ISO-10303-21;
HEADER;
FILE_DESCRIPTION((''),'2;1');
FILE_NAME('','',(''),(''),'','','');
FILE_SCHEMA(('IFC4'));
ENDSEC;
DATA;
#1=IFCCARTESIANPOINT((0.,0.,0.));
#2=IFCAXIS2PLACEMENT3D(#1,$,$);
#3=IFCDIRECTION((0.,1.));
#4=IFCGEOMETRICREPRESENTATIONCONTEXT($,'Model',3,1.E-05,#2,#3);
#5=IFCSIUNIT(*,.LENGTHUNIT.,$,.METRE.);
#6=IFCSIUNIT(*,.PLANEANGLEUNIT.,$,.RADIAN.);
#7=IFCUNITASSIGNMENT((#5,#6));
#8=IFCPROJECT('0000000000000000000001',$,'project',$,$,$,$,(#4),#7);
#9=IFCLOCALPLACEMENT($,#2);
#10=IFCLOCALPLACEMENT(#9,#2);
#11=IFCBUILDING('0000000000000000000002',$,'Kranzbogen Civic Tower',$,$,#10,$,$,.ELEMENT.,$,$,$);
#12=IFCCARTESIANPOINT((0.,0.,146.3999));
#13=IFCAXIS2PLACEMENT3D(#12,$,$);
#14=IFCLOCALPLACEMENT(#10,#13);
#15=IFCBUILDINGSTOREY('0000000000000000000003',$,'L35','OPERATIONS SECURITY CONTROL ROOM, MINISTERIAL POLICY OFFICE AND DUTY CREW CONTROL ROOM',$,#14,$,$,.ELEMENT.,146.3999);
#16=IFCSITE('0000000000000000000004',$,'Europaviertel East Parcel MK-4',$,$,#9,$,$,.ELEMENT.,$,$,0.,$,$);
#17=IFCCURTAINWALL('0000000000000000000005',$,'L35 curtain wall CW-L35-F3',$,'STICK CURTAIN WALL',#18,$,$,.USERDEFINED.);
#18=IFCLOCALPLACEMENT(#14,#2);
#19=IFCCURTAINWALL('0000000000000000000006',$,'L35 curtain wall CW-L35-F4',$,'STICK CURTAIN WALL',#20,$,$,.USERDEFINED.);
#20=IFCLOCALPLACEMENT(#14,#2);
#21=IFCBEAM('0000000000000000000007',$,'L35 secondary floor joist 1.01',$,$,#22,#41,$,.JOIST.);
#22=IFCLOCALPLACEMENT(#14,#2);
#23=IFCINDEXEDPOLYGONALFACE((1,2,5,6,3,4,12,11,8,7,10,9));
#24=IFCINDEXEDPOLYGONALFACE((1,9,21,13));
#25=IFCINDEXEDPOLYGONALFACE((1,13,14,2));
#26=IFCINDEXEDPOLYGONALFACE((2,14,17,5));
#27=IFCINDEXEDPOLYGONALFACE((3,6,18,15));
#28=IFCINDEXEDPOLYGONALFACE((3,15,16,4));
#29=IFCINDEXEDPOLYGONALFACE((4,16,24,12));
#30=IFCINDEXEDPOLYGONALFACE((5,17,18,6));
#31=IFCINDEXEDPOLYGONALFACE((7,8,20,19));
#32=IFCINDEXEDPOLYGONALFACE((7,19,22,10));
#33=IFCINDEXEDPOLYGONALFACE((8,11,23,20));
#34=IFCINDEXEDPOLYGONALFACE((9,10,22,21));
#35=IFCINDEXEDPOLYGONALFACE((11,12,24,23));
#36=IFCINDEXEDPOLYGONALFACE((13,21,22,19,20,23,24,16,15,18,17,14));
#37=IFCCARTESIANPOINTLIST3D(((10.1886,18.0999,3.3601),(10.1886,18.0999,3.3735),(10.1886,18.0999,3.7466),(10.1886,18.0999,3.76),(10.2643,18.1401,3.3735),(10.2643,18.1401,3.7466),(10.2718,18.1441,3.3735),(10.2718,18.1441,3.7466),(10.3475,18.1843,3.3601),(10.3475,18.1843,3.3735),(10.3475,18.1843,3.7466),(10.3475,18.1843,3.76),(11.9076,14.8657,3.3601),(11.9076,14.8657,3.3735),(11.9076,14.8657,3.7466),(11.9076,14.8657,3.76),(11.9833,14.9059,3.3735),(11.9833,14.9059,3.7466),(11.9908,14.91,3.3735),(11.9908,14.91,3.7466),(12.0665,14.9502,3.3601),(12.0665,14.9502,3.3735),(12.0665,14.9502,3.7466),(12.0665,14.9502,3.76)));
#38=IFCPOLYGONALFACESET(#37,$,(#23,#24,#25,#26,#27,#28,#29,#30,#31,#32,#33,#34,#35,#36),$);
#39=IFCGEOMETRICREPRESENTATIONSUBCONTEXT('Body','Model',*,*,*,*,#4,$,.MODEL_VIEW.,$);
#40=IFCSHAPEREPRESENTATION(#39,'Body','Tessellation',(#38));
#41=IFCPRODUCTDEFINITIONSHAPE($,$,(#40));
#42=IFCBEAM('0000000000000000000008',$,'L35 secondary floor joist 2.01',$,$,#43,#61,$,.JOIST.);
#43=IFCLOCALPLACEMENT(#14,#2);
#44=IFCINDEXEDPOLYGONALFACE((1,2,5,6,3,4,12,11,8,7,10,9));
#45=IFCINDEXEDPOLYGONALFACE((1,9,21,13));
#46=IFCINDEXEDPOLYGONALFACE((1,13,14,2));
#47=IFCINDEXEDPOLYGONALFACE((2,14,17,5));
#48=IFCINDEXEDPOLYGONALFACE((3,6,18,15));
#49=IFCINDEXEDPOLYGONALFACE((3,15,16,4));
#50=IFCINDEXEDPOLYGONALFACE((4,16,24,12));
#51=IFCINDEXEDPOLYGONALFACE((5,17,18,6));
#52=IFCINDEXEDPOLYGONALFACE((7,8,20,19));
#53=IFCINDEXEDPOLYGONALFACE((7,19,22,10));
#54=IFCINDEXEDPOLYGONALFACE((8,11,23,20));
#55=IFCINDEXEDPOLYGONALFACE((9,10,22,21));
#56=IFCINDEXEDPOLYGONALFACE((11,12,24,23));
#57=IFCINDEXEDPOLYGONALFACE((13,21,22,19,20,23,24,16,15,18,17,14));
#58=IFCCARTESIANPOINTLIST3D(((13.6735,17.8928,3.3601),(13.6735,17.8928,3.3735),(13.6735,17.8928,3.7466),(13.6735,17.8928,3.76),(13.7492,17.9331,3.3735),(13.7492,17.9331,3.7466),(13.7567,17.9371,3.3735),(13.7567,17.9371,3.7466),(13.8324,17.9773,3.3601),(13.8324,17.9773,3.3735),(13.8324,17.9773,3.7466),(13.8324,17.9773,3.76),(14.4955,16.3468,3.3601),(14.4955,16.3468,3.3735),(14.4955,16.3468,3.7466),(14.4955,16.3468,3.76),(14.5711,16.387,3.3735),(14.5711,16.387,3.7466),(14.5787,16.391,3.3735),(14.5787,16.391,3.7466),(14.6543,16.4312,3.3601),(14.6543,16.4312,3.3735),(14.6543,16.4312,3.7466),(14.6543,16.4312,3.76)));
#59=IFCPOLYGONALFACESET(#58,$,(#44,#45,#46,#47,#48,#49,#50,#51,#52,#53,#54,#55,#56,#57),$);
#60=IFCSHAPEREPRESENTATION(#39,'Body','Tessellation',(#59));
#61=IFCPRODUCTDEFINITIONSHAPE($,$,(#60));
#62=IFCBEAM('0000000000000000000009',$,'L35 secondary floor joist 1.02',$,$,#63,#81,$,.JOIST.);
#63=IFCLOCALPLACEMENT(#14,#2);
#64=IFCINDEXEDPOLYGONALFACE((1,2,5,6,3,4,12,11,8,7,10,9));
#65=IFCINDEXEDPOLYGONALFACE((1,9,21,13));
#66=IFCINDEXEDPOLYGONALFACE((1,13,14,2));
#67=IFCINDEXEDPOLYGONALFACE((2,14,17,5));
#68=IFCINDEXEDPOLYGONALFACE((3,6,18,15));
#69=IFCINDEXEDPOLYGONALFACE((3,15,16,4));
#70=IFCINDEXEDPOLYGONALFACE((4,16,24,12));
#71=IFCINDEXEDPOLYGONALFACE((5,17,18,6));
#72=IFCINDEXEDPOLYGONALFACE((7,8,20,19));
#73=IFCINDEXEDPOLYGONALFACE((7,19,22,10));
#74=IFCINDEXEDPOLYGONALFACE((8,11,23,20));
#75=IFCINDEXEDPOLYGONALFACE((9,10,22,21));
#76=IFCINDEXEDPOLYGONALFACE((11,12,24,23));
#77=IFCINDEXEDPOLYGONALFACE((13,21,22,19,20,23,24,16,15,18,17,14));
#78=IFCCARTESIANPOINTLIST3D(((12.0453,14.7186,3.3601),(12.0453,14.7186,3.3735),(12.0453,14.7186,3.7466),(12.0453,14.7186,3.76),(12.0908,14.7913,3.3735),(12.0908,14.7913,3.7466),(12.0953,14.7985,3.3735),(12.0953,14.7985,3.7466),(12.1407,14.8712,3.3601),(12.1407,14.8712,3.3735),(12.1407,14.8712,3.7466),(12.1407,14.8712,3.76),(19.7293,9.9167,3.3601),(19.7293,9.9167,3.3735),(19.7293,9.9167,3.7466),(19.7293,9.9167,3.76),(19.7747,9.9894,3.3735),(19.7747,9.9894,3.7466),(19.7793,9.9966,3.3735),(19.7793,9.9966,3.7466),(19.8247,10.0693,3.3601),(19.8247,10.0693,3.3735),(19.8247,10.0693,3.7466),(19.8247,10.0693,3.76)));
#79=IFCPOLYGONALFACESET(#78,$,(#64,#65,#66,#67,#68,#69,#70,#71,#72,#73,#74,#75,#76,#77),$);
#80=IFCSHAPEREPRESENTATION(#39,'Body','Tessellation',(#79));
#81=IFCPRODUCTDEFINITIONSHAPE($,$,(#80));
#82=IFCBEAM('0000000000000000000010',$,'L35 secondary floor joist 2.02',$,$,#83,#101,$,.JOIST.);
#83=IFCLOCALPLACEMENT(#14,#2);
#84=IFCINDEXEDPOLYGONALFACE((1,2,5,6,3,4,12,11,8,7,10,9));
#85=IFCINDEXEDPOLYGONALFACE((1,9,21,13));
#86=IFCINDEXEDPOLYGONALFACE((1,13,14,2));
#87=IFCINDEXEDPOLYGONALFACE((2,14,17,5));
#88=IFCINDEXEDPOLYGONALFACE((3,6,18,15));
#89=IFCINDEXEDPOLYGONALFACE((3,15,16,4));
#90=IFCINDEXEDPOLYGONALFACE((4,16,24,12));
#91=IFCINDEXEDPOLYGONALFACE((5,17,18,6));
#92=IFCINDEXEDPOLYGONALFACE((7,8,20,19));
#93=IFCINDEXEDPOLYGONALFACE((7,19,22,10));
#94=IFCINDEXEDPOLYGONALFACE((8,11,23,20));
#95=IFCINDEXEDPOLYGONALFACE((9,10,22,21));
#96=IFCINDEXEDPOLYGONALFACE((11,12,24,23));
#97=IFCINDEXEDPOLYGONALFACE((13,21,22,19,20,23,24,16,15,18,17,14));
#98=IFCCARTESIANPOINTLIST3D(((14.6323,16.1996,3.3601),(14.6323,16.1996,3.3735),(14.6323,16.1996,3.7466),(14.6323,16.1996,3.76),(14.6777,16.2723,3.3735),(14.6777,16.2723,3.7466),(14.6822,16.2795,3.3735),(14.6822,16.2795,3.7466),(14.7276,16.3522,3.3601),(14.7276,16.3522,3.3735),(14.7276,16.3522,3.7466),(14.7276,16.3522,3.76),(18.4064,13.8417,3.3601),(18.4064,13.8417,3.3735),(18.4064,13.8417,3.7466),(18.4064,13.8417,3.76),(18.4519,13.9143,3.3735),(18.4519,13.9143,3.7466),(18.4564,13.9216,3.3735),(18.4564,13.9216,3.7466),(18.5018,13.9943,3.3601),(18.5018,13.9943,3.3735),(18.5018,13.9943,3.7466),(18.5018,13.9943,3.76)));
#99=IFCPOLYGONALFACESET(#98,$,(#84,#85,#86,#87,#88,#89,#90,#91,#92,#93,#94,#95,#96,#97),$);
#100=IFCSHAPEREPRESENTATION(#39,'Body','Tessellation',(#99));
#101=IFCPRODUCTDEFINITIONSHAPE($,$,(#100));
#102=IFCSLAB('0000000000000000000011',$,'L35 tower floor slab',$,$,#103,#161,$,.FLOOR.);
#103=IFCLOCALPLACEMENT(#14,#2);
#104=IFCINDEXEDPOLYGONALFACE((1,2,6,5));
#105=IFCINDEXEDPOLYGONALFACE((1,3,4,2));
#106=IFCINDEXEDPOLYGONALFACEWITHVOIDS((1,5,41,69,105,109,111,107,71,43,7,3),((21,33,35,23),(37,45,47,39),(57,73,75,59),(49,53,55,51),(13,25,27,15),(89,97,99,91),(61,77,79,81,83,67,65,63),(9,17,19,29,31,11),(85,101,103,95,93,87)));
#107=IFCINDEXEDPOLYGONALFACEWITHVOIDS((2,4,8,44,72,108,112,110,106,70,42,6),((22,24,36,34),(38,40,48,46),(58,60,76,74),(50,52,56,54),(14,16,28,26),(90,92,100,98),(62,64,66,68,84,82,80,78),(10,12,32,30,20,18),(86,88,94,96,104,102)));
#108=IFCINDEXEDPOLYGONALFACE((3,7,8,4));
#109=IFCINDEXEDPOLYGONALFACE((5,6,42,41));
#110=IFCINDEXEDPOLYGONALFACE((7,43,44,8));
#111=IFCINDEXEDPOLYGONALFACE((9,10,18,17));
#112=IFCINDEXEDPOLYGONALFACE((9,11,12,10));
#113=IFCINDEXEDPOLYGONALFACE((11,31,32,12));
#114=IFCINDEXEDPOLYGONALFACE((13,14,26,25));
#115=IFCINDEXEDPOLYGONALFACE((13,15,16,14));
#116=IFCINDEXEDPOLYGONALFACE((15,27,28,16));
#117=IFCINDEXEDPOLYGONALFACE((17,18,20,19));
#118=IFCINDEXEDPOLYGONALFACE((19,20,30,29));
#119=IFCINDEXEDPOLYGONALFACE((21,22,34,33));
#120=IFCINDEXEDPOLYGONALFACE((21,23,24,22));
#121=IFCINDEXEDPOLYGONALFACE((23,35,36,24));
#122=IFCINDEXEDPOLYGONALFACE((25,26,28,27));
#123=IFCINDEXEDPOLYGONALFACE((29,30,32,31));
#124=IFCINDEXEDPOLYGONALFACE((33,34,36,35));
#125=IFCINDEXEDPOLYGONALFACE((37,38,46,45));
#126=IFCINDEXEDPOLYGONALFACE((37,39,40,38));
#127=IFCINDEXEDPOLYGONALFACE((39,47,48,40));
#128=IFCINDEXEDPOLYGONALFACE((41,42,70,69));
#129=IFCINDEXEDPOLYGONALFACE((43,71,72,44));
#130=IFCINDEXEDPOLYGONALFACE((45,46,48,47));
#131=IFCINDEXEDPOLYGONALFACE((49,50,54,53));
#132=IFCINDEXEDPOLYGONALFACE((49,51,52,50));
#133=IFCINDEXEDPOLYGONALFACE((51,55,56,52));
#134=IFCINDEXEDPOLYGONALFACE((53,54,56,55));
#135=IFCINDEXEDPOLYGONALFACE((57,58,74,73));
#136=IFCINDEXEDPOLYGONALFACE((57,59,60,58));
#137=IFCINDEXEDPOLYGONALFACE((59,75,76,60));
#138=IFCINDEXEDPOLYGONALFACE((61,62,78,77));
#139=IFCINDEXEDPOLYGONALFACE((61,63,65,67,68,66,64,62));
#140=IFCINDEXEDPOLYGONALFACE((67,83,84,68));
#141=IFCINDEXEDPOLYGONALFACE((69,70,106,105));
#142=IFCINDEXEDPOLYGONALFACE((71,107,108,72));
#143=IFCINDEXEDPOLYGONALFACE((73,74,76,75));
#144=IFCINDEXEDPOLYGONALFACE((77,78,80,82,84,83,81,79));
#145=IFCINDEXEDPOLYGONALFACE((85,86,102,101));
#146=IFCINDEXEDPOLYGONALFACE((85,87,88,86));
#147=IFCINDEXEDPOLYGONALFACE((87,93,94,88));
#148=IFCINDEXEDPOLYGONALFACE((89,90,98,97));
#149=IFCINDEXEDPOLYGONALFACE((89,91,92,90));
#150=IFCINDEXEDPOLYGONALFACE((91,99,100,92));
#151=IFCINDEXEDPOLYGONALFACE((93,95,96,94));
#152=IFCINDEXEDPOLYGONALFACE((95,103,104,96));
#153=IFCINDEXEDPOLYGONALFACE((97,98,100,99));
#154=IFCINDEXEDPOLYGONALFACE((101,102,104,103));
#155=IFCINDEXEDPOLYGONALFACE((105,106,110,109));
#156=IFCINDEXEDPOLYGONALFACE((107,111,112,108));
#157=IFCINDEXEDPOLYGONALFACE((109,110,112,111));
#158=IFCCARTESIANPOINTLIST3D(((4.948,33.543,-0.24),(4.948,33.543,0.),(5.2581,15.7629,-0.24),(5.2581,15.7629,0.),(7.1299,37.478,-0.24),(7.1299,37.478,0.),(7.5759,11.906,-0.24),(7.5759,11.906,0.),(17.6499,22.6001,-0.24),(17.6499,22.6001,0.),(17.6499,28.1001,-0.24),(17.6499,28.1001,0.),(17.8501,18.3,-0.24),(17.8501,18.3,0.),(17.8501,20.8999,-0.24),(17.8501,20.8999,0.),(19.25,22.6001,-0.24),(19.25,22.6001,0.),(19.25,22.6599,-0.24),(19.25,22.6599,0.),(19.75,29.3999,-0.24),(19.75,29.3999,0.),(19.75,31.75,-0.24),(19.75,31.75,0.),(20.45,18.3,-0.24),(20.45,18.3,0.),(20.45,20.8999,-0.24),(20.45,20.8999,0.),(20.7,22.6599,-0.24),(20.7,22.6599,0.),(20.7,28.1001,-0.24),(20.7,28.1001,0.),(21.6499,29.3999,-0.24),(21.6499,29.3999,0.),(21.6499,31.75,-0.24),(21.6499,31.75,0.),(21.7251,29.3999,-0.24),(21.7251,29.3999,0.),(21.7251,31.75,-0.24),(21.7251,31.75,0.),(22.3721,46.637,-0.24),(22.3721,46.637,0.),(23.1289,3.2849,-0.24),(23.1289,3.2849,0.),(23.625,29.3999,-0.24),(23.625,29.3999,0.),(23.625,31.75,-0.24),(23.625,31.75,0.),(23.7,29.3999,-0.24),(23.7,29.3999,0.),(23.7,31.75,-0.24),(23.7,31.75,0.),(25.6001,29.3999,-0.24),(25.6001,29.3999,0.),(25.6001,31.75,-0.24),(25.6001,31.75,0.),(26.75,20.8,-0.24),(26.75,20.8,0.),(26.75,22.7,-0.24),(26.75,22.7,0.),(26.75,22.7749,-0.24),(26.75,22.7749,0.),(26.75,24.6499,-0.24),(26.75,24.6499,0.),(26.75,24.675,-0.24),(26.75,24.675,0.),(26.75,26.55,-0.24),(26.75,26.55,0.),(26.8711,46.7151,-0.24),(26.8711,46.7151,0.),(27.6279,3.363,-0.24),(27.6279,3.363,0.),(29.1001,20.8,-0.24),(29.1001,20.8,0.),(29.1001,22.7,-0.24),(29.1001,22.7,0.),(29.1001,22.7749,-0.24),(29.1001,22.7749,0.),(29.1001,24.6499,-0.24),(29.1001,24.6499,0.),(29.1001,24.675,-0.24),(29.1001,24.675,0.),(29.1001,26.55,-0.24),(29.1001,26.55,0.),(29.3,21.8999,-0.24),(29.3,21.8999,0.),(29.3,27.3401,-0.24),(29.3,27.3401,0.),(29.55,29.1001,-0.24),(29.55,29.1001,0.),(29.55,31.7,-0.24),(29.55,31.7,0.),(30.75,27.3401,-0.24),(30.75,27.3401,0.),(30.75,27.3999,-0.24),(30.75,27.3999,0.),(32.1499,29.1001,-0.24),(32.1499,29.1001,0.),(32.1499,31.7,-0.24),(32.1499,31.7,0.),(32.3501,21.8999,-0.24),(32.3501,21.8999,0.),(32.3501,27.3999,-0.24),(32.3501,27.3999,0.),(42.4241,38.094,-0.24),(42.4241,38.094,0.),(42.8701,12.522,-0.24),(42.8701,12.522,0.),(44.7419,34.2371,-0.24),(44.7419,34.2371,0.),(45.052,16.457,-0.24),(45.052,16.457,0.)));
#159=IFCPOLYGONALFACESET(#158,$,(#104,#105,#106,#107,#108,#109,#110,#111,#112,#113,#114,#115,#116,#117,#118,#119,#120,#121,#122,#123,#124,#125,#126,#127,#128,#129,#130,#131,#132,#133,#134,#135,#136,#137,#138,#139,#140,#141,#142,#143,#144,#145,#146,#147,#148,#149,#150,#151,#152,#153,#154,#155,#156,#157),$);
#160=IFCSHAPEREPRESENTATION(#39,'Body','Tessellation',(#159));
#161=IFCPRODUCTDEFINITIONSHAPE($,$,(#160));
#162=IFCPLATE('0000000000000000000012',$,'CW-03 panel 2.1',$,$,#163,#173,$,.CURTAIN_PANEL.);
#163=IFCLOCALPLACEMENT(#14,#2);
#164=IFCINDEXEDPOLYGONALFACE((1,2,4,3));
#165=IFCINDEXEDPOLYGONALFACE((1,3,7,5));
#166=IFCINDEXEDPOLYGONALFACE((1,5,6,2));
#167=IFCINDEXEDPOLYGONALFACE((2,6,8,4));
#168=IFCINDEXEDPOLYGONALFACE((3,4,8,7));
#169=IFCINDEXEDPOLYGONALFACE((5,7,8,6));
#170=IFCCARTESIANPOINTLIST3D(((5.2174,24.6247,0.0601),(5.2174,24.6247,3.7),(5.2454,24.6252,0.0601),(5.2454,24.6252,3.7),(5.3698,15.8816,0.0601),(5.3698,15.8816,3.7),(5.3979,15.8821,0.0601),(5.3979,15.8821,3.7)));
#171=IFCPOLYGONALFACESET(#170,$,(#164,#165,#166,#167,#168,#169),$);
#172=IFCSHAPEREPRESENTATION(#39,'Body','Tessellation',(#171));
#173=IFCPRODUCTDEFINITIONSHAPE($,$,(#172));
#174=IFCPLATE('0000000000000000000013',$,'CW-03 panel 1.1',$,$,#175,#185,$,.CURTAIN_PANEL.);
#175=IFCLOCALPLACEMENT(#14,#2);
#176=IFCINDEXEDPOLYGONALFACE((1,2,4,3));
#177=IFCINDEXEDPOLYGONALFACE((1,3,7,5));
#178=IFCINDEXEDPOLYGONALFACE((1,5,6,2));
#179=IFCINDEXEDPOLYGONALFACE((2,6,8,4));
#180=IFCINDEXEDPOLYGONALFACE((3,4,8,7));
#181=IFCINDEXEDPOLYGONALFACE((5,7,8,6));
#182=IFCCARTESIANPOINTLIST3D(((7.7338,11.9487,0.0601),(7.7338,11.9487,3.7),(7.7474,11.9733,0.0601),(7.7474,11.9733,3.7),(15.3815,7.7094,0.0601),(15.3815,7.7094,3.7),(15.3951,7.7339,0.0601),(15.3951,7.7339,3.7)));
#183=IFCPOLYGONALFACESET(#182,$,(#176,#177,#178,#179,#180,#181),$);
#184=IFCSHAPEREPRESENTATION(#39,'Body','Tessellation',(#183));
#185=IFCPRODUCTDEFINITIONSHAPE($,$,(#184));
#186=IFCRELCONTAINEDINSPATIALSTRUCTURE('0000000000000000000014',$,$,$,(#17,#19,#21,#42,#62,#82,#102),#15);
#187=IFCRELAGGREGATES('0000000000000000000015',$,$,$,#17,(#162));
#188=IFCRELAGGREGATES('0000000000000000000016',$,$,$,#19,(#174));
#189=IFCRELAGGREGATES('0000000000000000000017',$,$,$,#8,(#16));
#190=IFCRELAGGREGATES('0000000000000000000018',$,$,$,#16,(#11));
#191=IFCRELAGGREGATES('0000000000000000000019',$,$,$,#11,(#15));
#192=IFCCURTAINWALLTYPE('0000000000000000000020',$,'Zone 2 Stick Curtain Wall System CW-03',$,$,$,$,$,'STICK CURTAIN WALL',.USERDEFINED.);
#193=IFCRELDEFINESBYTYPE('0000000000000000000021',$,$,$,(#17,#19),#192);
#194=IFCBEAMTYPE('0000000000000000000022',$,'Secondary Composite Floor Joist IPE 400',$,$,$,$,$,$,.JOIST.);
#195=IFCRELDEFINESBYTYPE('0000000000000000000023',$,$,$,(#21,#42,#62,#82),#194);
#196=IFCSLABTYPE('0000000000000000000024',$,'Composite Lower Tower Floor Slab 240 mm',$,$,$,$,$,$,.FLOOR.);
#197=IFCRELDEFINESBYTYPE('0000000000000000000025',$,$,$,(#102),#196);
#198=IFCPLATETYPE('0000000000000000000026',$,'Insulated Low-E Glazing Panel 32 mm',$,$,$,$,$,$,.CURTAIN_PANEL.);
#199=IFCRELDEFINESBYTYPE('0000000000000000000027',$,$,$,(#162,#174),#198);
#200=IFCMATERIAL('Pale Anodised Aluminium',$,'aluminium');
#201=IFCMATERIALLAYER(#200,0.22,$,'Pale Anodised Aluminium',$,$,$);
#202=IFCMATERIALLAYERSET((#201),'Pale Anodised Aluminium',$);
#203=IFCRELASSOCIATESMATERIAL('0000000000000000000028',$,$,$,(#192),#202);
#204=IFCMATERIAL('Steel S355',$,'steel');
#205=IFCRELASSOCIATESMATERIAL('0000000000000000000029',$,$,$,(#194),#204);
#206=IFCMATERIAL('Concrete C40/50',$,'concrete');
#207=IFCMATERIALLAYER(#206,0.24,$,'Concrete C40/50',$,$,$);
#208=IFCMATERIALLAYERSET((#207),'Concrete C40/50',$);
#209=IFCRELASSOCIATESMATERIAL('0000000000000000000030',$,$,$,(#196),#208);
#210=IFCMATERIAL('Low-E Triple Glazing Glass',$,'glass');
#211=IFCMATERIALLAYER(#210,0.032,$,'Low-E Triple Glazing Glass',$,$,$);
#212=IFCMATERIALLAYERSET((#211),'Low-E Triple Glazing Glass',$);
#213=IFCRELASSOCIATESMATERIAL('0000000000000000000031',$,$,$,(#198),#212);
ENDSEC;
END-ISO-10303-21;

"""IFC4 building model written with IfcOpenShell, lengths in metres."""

from ifc_helpers import new_model, si_unit, direction, frame, origin, origin_2d, place, context, subcontext, project, spatial, polyline, rectangle, i_section, outline, extrude, material, layer, layer_set, material_profile, profile_set, type_object, element, aggregate, save


model = new_model("IFC4")

# Units and contexts
model_context = context("Model", 3, precision=1e-05, world=origin(), true_north=direction((0.0, 1.0)))
body_context = subcontext(model_context, "Body", "Model", "MODEL_VIEW")
ifc_project = project(units=[si_unit("LENGTHUNIT", "METRE"), si_unit("PLANEANGLEUNIT", "RADIAN")], contexts=[model_context])

# Site, building, storey
site_placement = place(None, origin())
site = spatial("IfcSite", under=ifc_project, at=site_placement, Name="Europaviertel East Parcel MK-4", CompositionType="ELEMENT", RefElevation=0.0)
building_placement = place(site_placement, origin())
building = spatial("IfcBuilding", under=site, at=building_placement, Name="Kranzbogen Civic Tower", CompositionType="ELEMENT")
storey_placement = place(building_placement, frame((0.0, 0.0, 146.3999)))
storey = spatial("IfcBuildingStorey", under=building, at=storey_placement, Name="L35", Description="OPERATIONS SECURITY CONTROL ROOM, MINISTERIAL POLICY OFFICE AND DUTY CREW CONTROL ROOM", CompositionType="ELEMENT", Elevation=146.3999)

# Shared definitions
ifc_material_1 = material(Name="Steel S355", Category="steel")

# Curtain wall
ifc_material_2 = material(Name="Pale Anodised Aluminium", Category="aluminium")
ifc_layer_1 = layer(ifc_material_2, 0.22, Name="Pale Anodised Aluminium")
ifc_layer_set_1 = layer_set([ifc_layer_1], Name="Pale Anodised Aluminium")
curtain_wall_type = type_object("IfcCurtainWallType", Name="Zone 2 Stick Curtain Wall System CW-03", ElementType="STICK CURTAIN WALL", PredefinedType="USERDEFINED", material=ifc_layer_set_1)
curtain_wall_1_placement = place(storey_placement, origin())
curtain_wall_1 = element("IfcCurtainWall", 1, at=curtain_wall_1_placement, inside=storey, type_object=curtain_wall_type, Name="L35 curtain wall CW-L35-F3", ObjectType="STICK CURTAIN WALL", PredefinedType="USERDEFINED")

# Curtain wall
curtain_wall_2_placement = place(storey_placement, origin())
curtain_wall_2 = element("IfcCurtainWall", 2, at=curtain_wall_2_placement, inside=storey, type_object=curtain_wall_type, Name="L35 curtain wall CW-L35-F4", ObjectType="STICK CURTAIN WALL", PredefinedType="USERDEFINED")

# Beams
ifc_material_profile_1 = material_profile(ifc_material_1, i_section(OverallWidth=0.1799, OverallDepth=0.3999, WebThickness=0.0085, FlangeThickness=0.0134, at=origin_2d()), Name="IPE 400")
ifc_profile_set_1 = profile_set([ifc_material_profile_1], Name="Steel S355")
beam_type_1 = type_object("IfcBeamType", Name="Secondary Composite Floor Joist IPE 400", PredefinedType="JOIST", material=ifc_profile_set_1)
beam_1_placement = place(storey_placement, frame((10.2681, 18.1421, 3.5601), z_axis=(0.469339, -0.883018, 0.0), x_axis=(0.883018, 0.469339, 0.0)))
element("IfcBeam", 3, at=beam_1_placement, inside=storey, type_object=beam_type_1, Name="L35 secondary floor joist 1.01", PredefinedType="JOIST", context=body_context, shape_type="SweptSolid", body=[
    extrude(i_section(OverallWidth=0.1799, OverallDepth=0.3999, WebThickness=0.0085, FlangeThickness=0.0134, at=origin_2d()), origin(), (0.0, 0.0, 1.0), 3.6626),
])
beam_2_placement = place(storey_placement, frame((13.7529, 17.9351, 3.5601), z_axis=(0.469437, -0.882966, 0.0), x_axis=(0.882966, 0.469437, 0.0)))
element("IfcBeam", 4, at=beam_2_placement, inside=storey, type_object=beam_type_1, Name="L35 secondary floor joist 2.01", PredefinedType="JOIST", context=body_context, shape_type="SweptSolid", body=[
    extrude(i_section(OverallWidth=0.1799, OverallDepth=0.3999, WebThickness=0.0085, FlangeThickness=0.0134, at=origin_2d()), origin(), (0.0, 0.0, 1.0), 1.751),
])
beam_3_placement = place(storey_placement, frame((12.093, 14.7949, 3.5601), z_axis=(0.848026, -0.529955, 0.0), x_axis=(0.529955, 0.848026, 0.0)))
element("IfcBeam", 5, at=beam_3_placement, inside=storey, type_object=beam_type_1, Name="L35 secondary floor joist 1.02", PredefinedType="JOIST", context=body_context, shape_type="SweptSolid", body=[
    extrude(i_section(OverallWidth=0.1799, OverallDepth=0.3999, WebThickness=0.0085, FlangeThickness=0.0134, at=origin_2d()), origin(), (0.0, 0.0, 1.0), 9.061),
])
beam_4_placement = place(storey_placement, frame((14.6799, 16.2759, 3.5601), z_axis=(0.848094, -0.529846, 0.0), x_axis=(0.529846, 0.848094, 0.0)))
element("IfcBeam", 6, at=beam_4_placement, inside=storey, type_object=beam_type_1, Name="L35 secondary floor joist 2.02", PredefinedType="JOIST", context=body_context, shape_type="SweptSolid", body=[
    extrude(i_section(OverallWidth=0.1799, OverallDepth=0.3999, WebThickness=0.0085, FlangeThickness=0.0134, at=origin_2d()), origin(), (0.0, 0.0, 1.0), 4.4502),
])

# Slab
ifc_material_3 = material(Name="Concrete C40/50", Category="concrete")
ifc_layer_2 = layer(ifc_material_3, 0.24, Name="Concrete C40/50")
ifc_layer_set_2 = layer_set([ifc_layer_2], Name="Concrete C40/50")
slab_type_1 = type_object("IfcSlabType", Name="Composite Lower Tower Floor Slab 240 mm", PredefinedType="FLOOR", material=ifc_layer_set_2)
slab_1_placement = place(storey_placement, frame((0.0, 0.0, -0.24)))
element("IfcSlab", 7, at=slab_1_placement, inside=storey, type_object=slab_type_1, Name="L35 tower floor slab", PredefinedType="FLOOR", context=body_context, shape_type="SweptSolid", body=[
    extrude(outline(polyline([(42.4241, 38.094), (26.8711, 46.7151), (22.3721, 46.637), (7.1299, 37.478), (4.948, 33.543), (5.2581, 15.7629), (7.5759, 11.906), (23.1289, 3.2849), (27.6279, 3.363), (42.8701, 12.522), (45.052, 16.457), (44.7419, 34.2371), (42.4241, 38.094)]), holes=[polyline([(20.45, 20.8999), (20.45, 18.3), (17.8501, 18.3), (17.8501, 20.8999), (20.45, 20.8999)]), polyline([(29.1001, 22.7), (29.1001, 20.8), (26.75, 20.8), (26.75, 22.7), (29.1001, 22.7)]), polyline([(29.1001, 24.6499), (29.1001, 22.7749), (26.75, 22.7749), (26.75, 24.6499), (26.75, 24.675), (26.75, 26.55), (29.1001, 26.55), (29.1001, 24.675), (29.1001, 24.6499)]), polyline([(30.75, 27.3401), (30.75, 27.3999), (32.3501, 27.3999), (32.3501, 21.8999), (29.3, 21.8999), (29.3, 27.3401), (30.75, 27.3401)]), polyline([(19.25, 22.6599), (19.25, 22.6001), (17.6499, 22.6001), (17.6499, 28.1001), (20.7, 28.1001), (20.7, 22.6599), (19.25, 22.6599)]), polyline([(32.1499, 31.7), (32.1499, 29.1001), (29.55, 29.1001), (29.55, 31.7), (32.1499, 31.7)]), polyline([(21.6499, 31.75), (21.6499, 29.3999), (19.75, 29.3999), (19.75, 31.75), (21.6499, 31.75)]), polyline([(23.625, 29.3999), (21.7251, 29.3999), (21.7251, 31.75), (23.625, 31.75), (23.625, 29.3999)]), polyline([(25.6001, 29.3999), (23.7, 29.3999), (23.7, 31.75), (25.6001, 31.75), (25.6001, 29.3999)])]), origin(), (0.0, 0.0, 1.0), 0.24),
])

# Plates
ifc_material_4 = material(Name="Low-E Triple Glazing Glass", Category="glass")
ifc_layer_3 = layer(ifc_material_4, 0.032, Name="Low-E Triple Glazing Glass")
ifc_layer_set_3 = layer_set([ifc_layer_3], Name="Low-E Triple Glazing Glass")
plate_type = type_object("IfcPlateType", Name="Insulated Low-E Glazing Panel 32 mm", PredefinedType="CURTAIN_PANEL", material=ifc_layer_set_3)
plate_1_placement = place(storey_placement, frame((5.3076, 20.2534, 0.0601), z_axis=(0.0, 0.0, 1.0), x_axis=(0.017432, -0.999848, 0.0)))
plate_1 = element("IfcPlate", 8, at=plate_1_placement, type_object=plate_type, Name="CW-03 panel 2.1", PredefinedType="CURTAIN_PANEL", context=body_context, shape_type="SweptSolid", body=[
    extrude(rectangle(XDim=8.7444, YDim=0.0281, at=origin_2d()), origin(), (0.0, 0.0, 1.0), 3.6399),
])
aggregate(curtain_wall_1, [plate_1])
plate_2_placement = place(storey_placement, frame((11.5645, 9.8413, 0.0601), z_axis=(0.0, 0.0, 1.0), x_axis=(0.874613, -0.484821, 0.0)))
plate_2 = element("IfcPlate", 9, at=plate_2_placement, type_object=plate_type, Name="CW-03 panel 1.1", PredefinedType="CURTAIN_PANEL", context=body_context, shape_type="SweptSolid", body=[
    extrude(rectangle(XDim=8.7441, YDim=0.0281, at=origin_2d()), origin(), (0.0, 0.0, 1.0), 3.6399),
])
aggregate(curtain_wall_2, [plate_2])

save(model, "model.ifc")
